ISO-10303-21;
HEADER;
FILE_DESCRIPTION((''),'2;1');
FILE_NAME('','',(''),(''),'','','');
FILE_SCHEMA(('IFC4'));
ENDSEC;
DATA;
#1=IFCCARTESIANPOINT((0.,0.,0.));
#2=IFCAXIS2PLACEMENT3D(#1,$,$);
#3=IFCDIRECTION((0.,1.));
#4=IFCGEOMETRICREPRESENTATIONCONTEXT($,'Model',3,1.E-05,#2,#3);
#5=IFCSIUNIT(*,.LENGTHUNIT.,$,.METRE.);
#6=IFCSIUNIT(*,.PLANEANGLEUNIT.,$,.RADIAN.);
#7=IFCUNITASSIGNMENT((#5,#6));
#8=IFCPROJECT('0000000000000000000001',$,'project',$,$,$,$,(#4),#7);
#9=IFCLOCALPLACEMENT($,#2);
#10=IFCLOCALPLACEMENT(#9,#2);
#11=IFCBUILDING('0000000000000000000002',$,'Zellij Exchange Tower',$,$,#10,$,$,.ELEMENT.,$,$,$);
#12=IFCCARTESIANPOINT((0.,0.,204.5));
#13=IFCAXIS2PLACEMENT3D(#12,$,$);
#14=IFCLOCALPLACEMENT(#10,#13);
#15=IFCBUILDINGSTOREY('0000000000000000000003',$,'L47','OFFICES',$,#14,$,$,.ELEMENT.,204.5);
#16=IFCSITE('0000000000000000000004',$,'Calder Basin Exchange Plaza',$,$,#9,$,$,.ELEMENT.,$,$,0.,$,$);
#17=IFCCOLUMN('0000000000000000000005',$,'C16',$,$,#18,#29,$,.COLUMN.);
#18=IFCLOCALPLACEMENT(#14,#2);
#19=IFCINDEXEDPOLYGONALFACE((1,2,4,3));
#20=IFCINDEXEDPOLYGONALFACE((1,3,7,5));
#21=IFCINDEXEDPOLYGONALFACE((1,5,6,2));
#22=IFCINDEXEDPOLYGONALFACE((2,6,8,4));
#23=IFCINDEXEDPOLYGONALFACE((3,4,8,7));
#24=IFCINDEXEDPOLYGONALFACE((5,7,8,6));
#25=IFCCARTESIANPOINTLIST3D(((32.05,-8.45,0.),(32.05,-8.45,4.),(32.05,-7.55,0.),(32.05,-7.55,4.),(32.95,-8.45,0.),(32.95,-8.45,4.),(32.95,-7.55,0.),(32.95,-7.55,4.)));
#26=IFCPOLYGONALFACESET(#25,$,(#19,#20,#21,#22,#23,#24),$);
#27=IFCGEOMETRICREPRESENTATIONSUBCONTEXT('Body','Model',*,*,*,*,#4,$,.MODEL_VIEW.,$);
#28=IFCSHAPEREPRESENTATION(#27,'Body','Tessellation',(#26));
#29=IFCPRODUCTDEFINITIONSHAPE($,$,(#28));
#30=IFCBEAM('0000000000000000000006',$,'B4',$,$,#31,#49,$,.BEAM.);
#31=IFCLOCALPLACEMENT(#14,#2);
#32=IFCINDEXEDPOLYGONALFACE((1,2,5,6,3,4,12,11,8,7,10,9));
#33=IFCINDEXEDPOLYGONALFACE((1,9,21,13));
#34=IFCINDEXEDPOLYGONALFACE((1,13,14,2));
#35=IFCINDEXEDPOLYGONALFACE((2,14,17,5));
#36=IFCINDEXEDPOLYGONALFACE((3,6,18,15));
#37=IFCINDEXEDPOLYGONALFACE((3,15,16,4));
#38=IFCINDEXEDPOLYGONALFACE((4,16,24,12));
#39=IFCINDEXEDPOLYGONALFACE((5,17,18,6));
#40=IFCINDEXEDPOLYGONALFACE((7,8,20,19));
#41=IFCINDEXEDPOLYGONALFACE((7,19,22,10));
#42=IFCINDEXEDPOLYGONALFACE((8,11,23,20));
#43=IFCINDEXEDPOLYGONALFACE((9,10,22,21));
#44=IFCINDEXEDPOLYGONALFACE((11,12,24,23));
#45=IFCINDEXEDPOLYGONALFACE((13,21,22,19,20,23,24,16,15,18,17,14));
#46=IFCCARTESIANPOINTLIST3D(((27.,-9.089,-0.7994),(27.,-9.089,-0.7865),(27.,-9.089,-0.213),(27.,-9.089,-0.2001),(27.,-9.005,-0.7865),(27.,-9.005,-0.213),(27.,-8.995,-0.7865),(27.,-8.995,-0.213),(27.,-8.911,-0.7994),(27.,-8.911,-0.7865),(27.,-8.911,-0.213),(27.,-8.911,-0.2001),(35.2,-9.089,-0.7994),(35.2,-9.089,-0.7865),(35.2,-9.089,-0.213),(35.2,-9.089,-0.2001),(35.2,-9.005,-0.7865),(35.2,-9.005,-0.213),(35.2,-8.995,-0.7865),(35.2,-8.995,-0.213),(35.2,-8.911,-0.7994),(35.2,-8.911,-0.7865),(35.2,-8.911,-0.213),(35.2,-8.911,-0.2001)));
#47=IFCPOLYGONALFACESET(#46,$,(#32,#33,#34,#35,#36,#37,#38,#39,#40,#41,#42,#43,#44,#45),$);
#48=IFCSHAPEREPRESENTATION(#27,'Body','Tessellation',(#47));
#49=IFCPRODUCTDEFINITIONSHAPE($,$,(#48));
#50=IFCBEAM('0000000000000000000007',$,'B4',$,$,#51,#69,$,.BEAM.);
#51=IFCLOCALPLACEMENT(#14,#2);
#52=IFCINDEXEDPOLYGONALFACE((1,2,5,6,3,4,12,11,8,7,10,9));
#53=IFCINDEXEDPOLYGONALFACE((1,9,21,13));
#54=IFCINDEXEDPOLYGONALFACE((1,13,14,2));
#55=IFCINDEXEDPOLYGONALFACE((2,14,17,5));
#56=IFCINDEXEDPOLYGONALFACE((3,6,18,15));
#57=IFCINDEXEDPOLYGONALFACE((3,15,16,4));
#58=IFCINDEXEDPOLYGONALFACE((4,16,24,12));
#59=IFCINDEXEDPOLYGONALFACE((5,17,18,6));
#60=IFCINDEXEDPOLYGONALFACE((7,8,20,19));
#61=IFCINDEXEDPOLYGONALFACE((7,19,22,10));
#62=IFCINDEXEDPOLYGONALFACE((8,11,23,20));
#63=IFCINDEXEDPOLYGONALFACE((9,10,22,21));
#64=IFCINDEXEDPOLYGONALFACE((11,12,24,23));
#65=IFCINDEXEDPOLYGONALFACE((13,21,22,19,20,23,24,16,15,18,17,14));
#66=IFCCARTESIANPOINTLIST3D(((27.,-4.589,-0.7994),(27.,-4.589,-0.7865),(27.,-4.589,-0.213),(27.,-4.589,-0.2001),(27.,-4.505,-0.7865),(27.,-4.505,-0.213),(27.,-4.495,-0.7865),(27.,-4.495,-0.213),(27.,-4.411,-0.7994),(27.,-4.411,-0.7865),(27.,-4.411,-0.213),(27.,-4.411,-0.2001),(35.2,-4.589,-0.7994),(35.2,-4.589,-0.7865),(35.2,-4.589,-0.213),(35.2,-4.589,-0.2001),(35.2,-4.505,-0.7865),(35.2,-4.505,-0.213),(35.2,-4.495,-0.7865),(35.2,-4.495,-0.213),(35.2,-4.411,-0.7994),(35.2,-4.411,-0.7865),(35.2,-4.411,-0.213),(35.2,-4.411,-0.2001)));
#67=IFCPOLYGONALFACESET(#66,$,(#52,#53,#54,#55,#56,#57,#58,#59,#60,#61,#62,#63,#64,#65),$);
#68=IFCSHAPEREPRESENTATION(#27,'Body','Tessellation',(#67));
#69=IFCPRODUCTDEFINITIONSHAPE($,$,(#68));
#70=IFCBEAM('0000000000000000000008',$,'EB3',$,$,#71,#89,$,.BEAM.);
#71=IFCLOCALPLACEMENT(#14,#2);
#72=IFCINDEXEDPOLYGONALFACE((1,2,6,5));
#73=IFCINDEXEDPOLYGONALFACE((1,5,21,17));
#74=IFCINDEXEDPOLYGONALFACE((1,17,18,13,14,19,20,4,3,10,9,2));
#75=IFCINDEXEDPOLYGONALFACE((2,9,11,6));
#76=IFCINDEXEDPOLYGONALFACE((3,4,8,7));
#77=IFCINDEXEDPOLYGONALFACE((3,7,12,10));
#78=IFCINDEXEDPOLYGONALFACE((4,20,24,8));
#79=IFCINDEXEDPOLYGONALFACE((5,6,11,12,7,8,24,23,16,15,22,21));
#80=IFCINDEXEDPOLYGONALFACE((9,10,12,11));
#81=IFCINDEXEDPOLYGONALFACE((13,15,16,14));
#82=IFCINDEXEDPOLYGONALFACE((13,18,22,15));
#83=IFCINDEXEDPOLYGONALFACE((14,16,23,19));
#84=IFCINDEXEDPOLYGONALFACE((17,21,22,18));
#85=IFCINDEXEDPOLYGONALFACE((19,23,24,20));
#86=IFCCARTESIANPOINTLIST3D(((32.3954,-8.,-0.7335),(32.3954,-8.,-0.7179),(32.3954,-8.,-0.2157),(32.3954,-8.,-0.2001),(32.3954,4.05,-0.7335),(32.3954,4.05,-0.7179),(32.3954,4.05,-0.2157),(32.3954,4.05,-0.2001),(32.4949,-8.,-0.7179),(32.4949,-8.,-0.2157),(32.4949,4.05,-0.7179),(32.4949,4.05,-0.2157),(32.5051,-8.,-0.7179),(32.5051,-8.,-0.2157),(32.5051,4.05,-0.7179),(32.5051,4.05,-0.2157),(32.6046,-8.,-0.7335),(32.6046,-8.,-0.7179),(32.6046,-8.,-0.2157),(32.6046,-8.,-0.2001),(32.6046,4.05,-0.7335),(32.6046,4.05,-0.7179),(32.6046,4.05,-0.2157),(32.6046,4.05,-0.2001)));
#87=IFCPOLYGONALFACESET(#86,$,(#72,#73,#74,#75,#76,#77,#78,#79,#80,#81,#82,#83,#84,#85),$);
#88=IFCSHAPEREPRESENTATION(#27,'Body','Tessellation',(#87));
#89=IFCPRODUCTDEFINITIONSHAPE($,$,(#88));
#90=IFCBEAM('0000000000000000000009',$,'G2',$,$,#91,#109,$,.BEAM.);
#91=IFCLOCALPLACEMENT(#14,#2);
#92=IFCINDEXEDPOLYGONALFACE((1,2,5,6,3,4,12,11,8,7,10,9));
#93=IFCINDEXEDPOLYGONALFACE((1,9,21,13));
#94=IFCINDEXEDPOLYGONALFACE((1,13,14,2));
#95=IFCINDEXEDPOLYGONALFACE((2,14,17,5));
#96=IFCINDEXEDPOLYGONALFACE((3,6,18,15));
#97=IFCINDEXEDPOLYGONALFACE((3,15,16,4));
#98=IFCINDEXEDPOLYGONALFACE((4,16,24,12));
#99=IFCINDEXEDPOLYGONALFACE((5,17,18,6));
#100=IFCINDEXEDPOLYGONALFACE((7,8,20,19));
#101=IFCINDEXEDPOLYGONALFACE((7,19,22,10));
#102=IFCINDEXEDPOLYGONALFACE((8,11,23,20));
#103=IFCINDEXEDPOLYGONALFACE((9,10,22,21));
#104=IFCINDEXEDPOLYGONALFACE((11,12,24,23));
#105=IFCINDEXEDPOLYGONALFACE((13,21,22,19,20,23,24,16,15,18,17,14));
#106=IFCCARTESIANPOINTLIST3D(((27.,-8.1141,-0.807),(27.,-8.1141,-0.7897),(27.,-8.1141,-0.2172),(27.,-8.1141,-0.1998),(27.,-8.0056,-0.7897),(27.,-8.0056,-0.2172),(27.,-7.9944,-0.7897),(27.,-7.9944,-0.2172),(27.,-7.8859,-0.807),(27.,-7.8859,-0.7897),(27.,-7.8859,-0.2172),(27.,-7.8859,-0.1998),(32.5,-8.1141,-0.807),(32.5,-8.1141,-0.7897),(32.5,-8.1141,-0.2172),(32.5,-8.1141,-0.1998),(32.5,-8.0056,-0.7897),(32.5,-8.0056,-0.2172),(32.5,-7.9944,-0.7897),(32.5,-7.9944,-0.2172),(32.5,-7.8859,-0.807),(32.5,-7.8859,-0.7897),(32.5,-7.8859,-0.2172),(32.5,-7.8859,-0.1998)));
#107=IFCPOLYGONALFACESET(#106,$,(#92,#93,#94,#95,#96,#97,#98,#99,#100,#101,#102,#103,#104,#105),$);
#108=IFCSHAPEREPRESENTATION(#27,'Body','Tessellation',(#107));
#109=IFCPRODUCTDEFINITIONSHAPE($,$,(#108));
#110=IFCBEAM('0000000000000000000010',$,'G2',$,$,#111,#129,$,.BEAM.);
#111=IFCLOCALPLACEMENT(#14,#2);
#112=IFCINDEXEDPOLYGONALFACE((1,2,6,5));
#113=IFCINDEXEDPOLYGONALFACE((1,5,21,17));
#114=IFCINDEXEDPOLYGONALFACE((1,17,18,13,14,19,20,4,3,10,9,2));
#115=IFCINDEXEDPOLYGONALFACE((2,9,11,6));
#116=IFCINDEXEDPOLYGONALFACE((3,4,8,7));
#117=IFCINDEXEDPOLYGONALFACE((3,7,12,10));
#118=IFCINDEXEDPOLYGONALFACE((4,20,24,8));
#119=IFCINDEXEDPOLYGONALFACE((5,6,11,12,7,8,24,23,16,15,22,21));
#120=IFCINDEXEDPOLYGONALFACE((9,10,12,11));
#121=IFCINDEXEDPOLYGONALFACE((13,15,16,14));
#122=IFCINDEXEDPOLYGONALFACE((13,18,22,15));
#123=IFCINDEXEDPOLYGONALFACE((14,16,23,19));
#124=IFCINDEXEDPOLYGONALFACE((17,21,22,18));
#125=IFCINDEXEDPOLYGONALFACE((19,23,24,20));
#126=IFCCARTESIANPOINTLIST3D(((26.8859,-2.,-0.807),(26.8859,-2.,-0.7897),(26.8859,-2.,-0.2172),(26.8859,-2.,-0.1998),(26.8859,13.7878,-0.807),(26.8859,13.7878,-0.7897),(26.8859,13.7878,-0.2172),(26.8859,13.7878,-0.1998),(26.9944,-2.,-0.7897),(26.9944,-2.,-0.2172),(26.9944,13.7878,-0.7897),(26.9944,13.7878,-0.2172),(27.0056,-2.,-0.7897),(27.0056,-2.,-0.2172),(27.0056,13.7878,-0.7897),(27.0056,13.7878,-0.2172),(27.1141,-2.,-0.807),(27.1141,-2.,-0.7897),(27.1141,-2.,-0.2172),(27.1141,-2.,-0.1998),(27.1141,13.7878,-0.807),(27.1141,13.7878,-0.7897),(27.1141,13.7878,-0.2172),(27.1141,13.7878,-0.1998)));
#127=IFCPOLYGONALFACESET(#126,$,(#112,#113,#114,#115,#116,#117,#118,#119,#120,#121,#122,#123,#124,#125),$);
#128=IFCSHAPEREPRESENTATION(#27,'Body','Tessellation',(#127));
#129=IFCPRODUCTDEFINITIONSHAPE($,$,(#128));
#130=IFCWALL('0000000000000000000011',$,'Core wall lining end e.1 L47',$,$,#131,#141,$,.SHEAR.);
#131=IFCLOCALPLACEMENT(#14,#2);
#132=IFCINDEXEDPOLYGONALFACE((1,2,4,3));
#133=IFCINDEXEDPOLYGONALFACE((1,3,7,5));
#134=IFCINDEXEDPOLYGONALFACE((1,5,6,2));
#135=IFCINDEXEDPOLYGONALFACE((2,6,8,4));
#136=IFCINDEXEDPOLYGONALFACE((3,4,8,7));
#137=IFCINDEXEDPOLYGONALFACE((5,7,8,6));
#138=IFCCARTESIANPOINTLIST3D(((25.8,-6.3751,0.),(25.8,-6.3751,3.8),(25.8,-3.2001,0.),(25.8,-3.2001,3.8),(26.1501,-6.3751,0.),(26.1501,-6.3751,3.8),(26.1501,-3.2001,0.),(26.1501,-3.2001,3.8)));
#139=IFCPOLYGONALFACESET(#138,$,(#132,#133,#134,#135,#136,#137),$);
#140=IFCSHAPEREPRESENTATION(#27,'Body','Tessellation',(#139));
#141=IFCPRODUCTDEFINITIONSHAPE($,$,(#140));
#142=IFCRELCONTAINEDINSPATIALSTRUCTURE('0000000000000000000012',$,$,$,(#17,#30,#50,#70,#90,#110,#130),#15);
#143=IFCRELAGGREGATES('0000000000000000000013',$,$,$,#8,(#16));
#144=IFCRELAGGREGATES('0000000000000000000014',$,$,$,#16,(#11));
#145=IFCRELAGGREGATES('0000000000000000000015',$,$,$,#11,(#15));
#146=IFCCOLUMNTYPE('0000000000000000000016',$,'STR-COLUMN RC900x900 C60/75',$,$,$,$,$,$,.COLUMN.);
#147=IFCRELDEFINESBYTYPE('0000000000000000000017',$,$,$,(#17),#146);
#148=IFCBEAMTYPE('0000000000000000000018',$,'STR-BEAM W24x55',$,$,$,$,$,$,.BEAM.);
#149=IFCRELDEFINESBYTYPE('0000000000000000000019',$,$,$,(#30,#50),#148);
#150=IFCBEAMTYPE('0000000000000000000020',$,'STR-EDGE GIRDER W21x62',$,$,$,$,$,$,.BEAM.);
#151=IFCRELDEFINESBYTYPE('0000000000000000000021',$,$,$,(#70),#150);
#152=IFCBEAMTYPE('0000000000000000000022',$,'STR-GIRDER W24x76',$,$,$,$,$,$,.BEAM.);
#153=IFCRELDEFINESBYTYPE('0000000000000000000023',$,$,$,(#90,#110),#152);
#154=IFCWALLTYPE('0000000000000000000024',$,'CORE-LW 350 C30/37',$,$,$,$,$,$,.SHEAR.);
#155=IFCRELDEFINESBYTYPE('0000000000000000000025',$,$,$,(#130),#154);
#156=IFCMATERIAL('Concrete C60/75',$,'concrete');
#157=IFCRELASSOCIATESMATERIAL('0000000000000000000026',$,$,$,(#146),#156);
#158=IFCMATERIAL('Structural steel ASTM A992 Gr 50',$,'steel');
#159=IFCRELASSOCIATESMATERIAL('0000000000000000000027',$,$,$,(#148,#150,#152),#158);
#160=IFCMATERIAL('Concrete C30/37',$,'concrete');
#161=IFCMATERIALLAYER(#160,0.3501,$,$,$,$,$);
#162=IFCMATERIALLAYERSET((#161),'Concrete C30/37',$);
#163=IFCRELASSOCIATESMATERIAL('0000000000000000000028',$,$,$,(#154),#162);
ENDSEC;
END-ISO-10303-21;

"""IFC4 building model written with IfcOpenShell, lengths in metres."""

from ifc_helpers import new_model, si_unit, direction, frame, frame_2d, origin, origin_2d, place, context, subcontext, project, spatial, rectangle, i_section, extrude, material, layer, layer_set, material_profile, profile_set, type_object, element, save


model = new_model("IFC4")

# Units and contexts
model_context = context("Model", 3, precision=1e-05, world=origin(), true_north=direction((0.0, 1.0)))
body_context = subcontext(model_context, "Body", "Model", "MODEL_VIEW")
ifc_project = project(units=[si_unit("LENGTHUNIT", "METRE"), si_unit("PLANEANGLEUNIT", "RADIAN")], contexts=[model_context])

# Site, building, storey
site_placement = place(None, origin())
site = spatial("IfcSite", under=ifc_project, at=site_placement, Name="Calder Basin Exchange Plaza", CompositionType="ELEMENT", RefElevation=0.0)
building_placement = place(site_placement, origin())
building = spatial("IfcBuilding", under=site, at=building_placement, Name="Zellij Exchange Tower", CompositionType="ELEMENT")
storey_placement = place(building_placement, frame((0.0, 0.0, 204.5)))
storey = spatial("IfcBuildingStorey", under=building, at=storey_placement, Name="L47", Description="OFFICES", CompositionType="ELEMENT", Elevation=204.5)

# Column
ifc_material_1 = material(Name="Concrete C60/75", Category="concrete")
ifc_material_profile_1 = material_profile(ifc_material_1, rectangle(XDim=0.8999, YDim=0.8999, at=origin_2d()), Name="STR-COLUMN RC900x900 C60/75")
ifc_profile_set_1 = profile_set([ifc_material_profile_1], Name="Concrete C60/75")
column_type = type_object("IfcColumnType", Name="STR-COLUMN RC900x900 C60/75", PredefinedType="COLUMN", material=ifc_profile_set_1)
column_placement = place(storey_placement, frame((32.5, -8.0, 0.0), z_axis=(0.0, 0.0, 1.0), x_axis=(1.0, 0.0, 0.0)))
element("IfcColumn", 1, at=column_placement, inside=storey, type_object=column_type, Name="C16", PredefinedType="COLUMN", context=body_context, shape_type="SweptSolid", body=[
    extrude(rectangle(XDim=0.8999, YDim=0.8999, at=origin_2d()), origin(), (0.0, 0.0, 1.0), 4.0),
])

# Beams
ifc_material_2 = material(Name="Structural steel ASTM A992 Gr 50", Category="steel")
ifc_material_profile_2 = material_profile(ifc_material_2, i_section(OverallWidth=0.178, OverallDepth=0.5994, WebThickness=0.01, FlangeThickness=0.0129, at=origin_2d()), Name="W24x55")
ifc_profile_set_2 = profile_set([ifc_material_profile_2], Name="Structural steel ASTM A992 Gr 50")
beam_type_1 = type_object("IfcBeamType", Name="STR-BEAM W24x55", PredefinedType="BEAM", material=ifc_profile_set_2)
for number, where, z_axis, x_axis, name in (
    (2, (27.0, -9.0, -0.4998), (1.0, 0.0, 0.0), (0.0, 1.0, 0.0), "B4"),
    (3, (27.0, -4.5, -0.4998), (1.0, 0.0, 0.0), (0.0, 1.0, 0.0), "B4"),
):
    element("IfcBeam", number, at=place(storey_placement, frame(where, z_axis=z_axis, x_axis=x_axis)), inside=storey, type_object=beam_type_1, Name=name, PredefinedType="BEAM", context=body_context, shape_type="SweptSolid", body=[
        extrude(i_section(OverallWidth=0.178, OverallDepth=0.5994, WebThickness=0.01, FlangeThickness=0.0129, at=origin_2d()), origin(), (0.0, 0.0, 1.0), 8.2),
    ])
ifc_material_profile_3 = material_profile(ifc_material_2, i_section(OverallWidth=0.2092, OverallDepth=0.5334, WebThickness=0.0103, FlangeThickness=0.0156, at=origin_2d()), Name="W21x62")
ifc_profile_set_3 = profile_set([ifc_material_profile_3], Name="Structural steel ASTM A992 Gr 50")
beam_type_2 = type_object("IfcBeamType", Name="STR-EDGE GIRDER W21x62", PredefinedType="BEAM", material=ifc_profile_set_3)
beam_1_placement = place(storey_placement, frame((32.5, -8.0, -0.4668), z_axis=(0.0, 1.0, 0.0), x_axis=(-1.0, 0.0, 0.0)))
element("IfcBeam", 4, at=beam_1_placement, inside=storey, type_object=beam_type_2, Name="EB3", PredefinedType="BEAM", context=body_context, shape_type="SweptSolid", body=[
    extrude(i_section(OverallWidth=0.2092, OverallDepth=0.5334, WebThickness=0.0103, FlangeThickness=0.0156, at=origin_2d()), origin(), (0.0, 0.0, 1.0), 12.05),
])
ifc_material_profile_4 = material_profile(ifc_material_2, i_section(OverallWidth=0.2283, OverallDepth=0.6072, WebThickness=0.0112, FlangeThickness=0.0173, at=origin_2d()), Name="W24x76")
ifc_profile_set_4 = profile_set([ifc_material_profile_4], Name="Structural steel ASTM A992 Gr 50")
beam_type_3 = type_object("IfcBeamType", Name="STR-GIRDER W24x76", PredefinedType="BEAM", material=ifc_profile_set_4)
beam_2_placement = place(storey_placement, frame((27.0, -8.0, -0.5034), z_axis=(1.0, 0.0, 0.0), x_axis=(0.0, 1.0, 0.0)))
element("IfcBeam", 5, at=beam_2_placement, inside=storey, type_object=beam_type_3, Name="G2", PredefinedType="BEAM", context=body_context, shape_type="SweptSolid", body=[
    extrude(i_section(OverallWidth=0.2283, OverallDepth=0.6072, WebThickness=0.0112, FlangeThickness=0.0173, at=origin_2d()), origin(), (0.0, 0.0, 1.0), 5.5),
])
beam_3_placement = place(storey_placement, frame((27.0, -2.0, -0.5034), z_axis=(0.0, 1.0, 0.0), x_axis=(-1.0, 0.0, 0.0)))
element("IfcBeam", 6, at=beam_3_placement, inside=storey, type_object=beam_type_3, Name="G2", PredefinedType="BEAM", context=body_context, shape_type="SweptSolid", body=[
    extrude(i_section(OverallWidth=0.2283, OverallDepth=0.6072, WebThickness=0.0112, FlangeThickness=0.0173, at=origin_2d()), origin(), (0.0, 0.0, 1.0), 15.7878),
])

# Wall
ifc_material_3 = material(Name="Concrete C30/37", Category="concrete")
ifc_layer_1 = layer(ifc_material_3, 0.3501)
ifc_layer_set_1 = layer_set([ifc_layer_1], Name="Concrete C30/37")
wall_type = type_object("IfcWallType", Name="CORE-LW 350 C30/37", PredefinedType="SHEAR", material=ifc_layer_set_1)
wall_placement = place(storey_placement, frame((25.9751, -6.375, 0.0), z_axis=(0.0, 0.0, 1.0), x_axis=(0.0, 1.0, 0.0)))
element("IfcWall", 7, at=wall_placement, inside=storey, type_object=wall_type, Name="Core wall lining end e.1 L47", PredefinedType="SHEAR", context=body_context, shape_type="SweptSolid", body=[
    extrude(rectangle(XDim=3.175, YDim=0.3501, at=frame_2d((1.5874, 0.0))), origin(), (0.0, 0.0, 1.0), 3.8),
])

save(model, "model.ifc")
